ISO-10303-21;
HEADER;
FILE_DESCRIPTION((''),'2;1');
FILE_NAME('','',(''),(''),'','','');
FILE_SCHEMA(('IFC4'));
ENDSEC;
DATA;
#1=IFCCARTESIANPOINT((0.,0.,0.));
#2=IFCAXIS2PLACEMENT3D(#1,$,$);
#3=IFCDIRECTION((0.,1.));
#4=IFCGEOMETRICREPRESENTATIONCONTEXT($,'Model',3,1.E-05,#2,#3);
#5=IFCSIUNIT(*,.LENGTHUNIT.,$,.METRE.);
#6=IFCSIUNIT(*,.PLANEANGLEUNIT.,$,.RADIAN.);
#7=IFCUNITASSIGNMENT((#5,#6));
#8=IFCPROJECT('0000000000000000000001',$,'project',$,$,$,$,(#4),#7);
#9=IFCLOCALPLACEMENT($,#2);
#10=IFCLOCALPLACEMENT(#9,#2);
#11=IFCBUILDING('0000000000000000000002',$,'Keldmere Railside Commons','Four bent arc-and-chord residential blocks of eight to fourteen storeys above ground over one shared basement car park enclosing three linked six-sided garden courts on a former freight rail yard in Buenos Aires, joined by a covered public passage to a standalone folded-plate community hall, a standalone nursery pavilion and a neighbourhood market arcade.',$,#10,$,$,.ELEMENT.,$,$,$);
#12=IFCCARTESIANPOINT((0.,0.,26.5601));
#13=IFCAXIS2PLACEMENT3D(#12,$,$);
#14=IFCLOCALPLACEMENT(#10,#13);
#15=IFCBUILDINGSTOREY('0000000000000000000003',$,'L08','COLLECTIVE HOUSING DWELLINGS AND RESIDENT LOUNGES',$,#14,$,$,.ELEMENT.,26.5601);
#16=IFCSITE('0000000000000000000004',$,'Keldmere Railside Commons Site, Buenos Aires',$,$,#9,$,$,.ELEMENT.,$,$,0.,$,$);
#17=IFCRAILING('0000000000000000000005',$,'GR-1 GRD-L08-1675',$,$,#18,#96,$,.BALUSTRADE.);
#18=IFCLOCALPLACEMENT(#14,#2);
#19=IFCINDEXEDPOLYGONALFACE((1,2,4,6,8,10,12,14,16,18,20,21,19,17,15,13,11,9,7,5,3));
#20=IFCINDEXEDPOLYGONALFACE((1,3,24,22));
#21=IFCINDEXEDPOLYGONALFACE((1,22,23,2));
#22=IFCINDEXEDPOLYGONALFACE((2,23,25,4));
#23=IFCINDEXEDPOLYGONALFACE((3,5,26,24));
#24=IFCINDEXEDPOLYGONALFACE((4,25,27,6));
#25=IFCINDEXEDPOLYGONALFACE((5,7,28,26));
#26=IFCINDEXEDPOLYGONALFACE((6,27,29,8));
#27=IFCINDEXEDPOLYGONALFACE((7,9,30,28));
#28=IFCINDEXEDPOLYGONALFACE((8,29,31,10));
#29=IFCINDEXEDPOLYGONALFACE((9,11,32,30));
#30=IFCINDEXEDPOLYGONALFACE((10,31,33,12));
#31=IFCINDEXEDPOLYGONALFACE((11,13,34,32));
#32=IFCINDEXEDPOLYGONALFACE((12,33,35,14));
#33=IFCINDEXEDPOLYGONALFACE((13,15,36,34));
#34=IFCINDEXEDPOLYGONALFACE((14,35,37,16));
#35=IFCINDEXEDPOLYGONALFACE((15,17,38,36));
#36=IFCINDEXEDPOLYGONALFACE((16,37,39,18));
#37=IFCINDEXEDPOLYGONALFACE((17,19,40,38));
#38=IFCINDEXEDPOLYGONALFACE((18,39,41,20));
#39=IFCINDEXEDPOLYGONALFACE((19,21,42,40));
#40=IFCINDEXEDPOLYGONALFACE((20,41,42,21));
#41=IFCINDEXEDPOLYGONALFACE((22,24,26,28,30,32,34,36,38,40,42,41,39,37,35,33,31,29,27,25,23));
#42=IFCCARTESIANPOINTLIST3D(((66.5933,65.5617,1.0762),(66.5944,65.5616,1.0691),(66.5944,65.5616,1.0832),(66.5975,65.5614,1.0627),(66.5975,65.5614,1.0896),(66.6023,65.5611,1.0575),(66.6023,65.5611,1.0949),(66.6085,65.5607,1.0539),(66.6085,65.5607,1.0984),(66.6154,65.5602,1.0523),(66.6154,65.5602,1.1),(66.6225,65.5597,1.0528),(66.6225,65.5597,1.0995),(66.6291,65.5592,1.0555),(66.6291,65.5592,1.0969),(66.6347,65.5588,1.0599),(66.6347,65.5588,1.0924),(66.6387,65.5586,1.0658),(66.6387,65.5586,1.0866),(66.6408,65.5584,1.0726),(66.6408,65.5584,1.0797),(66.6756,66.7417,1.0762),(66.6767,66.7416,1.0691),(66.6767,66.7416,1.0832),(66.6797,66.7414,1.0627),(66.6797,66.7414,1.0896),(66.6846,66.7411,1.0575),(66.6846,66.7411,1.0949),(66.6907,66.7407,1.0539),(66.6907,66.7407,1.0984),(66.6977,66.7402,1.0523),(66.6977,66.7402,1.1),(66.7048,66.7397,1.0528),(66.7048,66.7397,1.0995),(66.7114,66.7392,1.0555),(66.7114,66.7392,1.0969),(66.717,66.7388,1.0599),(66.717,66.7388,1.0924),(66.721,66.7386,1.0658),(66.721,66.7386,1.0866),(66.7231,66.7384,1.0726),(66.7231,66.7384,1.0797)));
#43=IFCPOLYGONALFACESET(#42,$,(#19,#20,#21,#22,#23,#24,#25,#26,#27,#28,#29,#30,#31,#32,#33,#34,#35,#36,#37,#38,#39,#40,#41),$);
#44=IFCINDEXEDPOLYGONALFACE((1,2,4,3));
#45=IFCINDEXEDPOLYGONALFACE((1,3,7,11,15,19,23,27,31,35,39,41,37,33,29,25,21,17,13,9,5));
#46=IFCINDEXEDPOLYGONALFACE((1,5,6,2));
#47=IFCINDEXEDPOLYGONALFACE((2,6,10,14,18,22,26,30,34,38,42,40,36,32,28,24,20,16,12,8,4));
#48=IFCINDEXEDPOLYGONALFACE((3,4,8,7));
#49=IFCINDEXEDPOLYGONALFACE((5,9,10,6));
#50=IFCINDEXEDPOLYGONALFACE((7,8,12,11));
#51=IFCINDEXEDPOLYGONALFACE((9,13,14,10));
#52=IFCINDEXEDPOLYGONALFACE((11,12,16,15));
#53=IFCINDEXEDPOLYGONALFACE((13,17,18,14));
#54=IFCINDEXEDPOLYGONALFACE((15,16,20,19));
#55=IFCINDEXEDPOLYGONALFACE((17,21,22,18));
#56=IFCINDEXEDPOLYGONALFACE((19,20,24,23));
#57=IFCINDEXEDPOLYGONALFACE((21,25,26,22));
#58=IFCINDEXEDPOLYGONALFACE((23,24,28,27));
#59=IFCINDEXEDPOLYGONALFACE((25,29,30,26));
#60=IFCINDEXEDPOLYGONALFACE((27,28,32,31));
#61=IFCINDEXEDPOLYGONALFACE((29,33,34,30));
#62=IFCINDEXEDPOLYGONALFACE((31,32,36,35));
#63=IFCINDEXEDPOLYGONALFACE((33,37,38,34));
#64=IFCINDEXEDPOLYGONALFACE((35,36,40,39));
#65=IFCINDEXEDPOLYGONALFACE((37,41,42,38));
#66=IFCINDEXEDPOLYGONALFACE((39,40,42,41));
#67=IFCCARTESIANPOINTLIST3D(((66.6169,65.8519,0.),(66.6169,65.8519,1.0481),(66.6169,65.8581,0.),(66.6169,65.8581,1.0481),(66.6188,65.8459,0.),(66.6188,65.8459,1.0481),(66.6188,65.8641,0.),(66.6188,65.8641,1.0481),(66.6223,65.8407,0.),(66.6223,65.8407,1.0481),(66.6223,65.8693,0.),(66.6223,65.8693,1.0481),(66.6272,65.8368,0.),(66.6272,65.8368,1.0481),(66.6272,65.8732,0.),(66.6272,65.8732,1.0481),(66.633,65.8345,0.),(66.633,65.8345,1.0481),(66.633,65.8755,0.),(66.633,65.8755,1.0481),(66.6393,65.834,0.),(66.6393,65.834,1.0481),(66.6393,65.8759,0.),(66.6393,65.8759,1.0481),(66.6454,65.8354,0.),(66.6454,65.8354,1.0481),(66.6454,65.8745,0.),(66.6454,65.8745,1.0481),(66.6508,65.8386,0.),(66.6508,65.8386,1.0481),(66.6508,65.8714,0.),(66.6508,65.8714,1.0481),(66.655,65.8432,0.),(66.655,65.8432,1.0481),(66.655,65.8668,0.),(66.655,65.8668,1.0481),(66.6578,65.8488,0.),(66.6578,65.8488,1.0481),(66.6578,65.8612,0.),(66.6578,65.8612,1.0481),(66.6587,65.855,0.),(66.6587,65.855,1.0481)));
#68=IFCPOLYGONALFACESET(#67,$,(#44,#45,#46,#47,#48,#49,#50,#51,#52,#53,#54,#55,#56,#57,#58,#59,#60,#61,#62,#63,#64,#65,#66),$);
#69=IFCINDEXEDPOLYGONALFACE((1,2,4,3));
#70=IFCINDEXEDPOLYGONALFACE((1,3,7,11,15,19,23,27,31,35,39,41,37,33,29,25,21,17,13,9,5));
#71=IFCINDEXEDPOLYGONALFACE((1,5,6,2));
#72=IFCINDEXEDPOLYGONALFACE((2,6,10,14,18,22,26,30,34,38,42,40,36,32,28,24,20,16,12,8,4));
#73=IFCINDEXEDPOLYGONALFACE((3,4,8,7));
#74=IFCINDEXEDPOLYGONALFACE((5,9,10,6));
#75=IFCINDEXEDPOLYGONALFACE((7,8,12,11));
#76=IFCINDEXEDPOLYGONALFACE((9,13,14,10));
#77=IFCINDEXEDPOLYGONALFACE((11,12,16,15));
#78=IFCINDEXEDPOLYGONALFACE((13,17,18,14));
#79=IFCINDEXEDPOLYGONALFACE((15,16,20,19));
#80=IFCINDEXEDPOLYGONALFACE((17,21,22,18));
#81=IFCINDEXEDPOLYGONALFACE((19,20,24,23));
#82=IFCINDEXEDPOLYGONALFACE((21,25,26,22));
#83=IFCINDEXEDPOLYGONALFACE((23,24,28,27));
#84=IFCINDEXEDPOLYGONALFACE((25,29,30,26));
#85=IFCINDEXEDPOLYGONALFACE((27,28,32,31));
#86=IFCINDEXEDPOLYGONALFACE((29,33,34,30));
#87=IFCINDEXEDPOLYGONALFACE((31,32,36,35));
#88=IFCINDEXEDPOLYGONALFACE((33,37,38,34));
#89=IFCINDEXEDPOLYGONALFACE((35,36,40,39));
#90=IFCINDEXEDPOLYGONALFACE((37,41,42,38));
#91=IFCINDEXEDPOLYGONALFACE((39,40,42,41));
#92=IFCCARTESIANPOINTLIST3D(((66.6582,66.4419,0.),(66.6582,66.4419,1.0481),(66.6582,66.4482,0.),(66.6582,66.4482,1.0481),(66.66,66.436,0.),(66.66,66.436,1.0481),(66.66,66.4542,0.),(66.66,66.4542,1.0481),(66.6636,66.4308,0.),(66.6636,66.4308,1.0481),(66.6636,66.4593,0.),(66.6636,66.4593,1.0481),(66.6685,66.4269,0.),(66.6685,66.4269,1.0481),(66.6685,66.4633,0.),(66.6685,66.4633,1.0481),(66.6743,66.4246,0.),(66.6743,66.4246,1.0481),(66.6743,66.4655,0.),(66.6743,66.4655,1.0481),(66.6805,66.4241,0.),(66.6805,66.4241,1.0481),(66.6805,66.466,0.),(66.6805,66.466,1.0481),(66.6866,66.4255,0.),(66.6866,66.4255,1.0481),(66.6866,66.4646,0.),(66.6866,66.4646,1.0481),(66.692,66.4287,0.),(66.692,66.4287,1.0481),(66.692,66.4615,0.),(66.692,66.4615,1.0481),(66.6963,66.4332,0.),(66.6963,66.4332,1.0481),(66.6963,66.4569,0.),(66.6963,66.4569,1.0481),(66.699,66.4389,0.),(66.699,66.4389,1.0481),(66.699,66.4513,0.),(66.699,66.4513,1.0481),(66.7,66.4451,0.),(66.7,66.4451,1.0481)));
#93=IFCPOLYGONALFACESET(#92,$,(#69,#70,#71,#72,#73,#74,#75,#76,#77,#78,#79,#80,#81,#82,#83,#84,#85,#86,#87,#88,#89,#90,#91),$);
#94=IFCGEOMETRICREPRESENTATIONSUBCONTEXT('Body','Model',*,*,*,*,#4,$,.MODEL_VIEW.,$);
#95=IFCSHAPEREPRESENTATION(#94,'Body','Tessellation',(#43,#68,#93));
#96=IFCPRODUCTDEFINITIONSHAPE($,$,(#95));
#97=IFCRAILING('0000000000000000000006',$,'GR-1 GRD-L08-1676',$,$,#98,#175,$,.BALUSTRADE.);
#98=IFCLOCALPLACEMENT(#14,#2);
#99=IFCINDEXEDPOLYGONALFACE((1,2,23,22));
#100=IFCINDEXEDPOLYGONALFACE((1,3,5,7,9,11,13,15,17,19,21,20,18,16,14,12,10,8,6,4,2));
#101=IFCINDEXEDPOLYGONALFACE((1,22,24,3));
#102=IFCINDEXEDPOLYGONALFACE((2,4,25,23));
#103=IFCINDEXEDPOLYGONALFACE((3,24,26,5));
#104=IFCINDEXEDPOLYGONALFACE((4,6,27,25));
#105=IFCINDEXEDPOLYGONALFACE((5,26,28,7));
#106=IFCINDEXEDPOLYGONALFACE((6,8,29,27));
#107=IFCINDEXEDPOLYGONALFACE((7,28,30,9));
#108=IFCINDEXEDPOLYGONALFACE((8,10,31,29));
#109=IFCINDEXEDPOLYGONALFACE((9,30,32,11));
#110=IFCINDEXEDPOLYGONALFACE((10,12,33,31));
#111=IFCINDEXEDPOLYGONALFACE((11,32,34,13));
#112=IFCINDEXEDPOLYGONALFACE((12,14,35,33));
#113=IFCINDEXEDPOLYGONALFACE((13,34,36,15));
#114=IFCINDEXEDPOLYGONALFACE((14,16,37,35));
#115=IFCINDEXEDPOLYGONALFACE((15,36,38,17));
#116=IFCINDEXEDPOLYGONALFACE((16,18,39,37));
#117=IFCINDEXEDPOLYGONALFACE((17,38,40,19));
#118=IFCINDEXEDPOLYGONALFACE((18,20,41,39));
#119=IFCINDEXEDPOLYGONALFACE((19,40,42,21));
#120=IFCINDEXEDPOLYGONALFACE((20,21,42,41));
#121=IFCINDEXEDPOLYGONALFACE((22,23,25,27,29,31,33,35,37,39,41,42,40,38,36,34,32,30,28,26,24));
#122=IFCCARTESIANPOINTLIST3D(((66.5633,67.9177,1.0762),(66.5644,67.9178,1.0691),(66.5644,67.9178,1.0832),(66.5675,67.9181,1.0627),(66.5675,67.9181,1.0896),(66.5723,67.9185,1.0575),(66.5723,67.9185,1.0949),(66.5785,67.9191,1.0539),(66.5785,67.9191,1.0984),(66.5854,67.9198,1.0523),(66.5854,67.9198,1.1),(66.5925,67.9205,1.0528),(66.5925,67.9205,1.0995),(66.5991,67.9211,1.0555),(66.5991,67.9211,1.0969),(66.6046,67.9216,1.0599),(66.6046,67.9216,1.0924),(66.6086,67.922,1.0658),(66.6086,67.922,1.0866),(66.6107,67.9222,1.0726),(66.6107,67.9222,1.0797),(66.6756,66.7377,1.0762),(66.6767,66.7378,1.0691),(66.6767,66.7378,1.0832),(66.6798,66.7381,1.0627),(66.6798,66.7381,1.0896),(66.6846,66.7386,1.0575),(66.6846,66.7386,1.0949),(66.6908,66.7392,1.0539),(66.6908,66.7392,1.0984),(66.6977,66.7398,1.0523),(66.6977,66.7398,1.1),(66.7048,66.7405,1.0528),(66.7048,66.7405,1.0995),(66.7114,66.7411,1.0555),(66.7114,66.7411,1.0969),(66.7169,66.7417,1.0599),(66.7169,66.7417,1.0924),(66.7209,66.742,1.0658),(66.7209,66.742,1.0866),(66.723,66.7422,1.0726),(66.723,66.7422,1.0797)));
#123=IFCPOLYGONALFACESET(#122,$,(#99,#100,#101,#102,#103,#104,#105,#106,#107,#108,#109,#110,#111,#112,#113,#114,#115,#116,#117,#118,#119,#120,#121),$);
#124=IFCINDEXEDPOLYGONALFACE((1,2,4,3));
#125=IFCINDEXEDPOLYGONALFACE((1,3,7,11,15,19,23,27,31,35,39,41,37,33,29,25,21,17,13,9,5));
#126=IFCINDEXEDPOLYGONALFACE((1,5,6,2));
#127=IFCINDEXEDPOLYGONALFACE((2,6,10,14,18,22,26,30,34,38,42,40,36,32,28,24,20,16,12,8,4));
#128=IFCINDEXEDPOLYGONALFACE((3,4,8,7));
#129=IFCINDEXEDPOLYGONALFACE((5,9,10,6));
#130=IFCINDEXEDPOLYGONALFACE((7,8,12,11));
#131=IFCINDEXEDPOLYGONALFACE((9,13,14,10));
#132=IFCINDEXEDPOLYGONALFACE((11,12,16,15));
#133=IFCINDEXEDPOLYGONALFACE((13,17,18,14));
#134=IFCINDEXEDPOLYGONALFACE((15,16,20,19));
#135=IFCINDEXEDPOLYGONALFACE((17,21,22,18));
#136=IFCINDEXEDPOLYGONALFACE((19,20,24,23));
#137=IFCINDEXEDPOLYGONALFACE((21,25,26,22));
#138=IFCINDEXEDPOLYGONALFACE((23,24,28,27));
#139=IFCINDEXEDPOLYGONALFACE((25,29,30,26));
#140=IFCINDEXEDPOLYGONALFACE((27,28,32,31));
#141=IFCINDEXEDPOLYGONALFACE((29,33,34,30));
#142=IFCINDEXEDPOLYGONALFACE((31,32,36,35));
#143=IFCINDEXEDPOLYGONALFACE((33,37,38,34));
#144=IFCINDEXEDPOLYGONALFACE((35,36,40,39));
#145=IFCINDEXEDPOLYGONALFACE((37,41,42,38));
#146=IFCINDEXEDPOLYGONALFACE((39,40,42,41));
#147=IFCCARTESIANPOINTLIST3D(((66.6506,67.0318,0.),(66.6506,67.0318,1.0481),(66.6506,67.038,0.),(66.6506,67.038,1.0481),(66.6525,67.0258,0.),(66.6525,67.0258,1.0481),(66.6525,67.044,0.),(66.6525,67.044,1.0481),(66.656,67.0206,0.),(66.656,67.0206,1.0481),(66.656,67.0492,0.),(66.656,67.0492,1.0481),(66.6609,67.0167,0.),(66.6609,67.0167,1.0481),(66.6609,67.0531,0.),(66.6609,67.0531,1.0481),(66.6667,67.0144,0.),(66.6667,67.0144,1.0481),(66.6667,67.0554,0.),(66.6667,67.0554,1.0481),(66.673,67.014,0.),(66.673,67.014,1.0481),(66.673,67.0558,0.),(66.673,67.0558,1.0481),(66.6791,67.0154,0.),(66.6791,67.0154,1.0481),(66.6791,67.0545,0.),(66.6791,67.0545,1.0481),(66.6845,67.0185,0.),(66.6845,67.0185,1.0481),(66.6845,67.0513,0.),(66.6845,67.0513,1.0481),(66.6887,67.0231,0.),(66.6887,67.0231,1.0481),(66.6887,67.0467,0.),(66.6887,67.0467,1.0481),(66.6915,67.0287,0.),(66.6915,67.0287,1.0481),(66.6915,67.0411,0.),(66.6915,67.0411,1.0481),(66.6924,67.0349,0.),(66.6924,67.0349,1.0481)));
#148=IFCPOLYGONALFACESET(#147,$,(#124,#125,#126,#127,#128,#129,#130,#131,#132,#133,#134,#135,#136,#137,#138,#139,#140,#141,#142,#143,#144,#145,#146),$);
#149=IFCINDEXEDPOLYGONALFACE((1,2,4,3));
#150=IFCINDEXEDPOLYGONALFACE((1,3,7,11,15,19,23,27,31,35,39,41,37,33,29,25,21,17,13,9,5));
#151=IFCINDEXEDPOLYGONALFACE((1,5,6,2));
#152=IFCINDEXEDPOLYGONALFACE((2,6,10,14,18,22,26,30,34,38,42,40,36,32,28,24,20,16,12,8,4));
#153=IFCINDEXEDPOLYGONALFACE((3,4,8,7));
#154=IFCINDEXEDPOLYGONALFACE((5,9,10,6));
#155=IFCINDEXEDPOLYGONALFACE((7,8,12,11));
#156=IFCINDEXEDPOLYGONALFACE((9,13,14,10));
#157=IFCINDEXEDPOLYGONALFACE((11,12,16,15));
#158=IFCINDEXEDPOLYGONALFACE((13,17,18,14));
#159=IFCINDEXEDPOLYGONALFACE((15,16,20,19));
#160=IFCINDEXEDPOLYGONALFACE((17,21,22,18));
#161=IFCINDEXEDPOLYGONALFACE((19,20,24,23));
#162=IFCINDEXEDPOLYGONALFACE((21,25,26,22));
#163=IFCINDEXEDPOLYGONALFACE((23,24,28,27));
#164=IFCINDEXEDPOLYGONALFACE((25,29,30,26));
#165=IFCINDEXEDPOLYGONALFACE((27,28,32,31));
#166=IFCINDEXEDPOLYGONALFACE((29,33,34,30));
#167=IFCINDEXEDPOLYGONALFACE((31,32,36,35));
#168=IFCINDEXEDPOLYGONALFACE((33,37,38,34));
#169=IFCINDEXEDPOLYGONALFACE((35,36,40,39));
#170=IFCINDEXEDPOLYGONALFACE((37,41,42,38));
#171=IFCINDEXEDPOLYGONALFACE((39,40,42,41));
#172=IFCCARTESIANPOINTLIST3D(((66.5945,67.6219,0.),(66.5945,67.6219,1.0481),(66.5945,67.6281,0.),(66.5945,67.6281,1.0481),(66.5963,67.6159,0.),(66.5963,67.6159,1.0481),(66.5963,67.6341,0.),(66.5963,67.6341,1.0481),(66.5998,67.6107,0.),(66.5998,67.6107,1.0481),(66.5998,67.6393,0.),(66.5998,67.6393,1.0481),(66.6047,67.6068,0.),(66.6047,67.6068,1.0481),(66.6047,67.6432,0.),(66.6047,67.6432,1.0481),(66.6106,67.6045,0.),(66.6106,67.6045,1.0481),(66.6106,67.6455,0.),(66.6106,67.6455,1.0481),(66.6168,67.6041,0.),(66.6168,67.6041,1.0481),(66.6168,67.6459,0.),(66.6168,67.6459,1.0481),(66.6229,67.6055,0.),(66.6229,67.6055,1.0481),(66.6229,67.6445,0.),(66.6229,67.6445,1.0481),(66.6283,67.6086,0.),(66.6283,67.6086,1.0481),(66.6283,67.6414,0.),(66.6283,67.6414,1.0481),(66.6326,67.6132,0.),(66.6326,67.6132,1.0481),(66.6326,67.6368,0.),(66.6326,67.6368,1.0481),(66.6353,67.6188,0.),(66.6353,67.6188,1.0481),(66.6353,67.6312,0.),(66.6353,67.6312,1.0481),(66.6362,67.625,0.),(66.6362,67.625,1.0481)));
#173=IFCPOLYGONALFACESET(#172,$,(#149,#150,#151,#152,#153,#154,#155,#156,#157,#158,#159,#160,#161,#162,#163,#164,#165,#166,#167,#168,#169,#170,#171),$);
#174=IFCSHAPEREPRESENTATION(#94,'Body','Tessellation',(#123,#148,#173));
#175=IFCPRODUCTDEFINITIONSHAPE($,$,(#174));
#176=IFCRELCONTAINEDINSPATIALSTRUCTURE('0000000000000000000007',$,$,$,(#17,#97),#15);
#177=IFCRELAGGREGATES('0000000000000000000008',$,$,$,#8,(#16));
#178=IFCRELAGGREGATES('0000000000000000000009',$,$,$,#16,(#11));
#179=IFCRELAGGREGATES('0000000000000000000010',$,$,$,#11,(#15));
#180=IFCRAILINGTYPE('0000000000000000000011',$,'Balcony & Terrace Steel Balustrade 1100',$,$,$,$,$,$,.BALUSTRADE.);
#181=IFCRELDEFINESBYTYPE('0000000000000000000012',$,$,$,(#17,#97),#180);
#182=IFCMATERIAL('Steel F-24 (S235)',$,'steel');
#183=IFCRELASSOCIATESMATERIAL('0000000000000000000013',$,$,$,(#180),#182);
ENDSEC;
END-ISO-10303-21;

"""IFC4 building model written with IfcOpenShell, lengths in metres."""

from ifc_helpers import new_model, si_unit, direction, frame, origin, origin_2d, place, context, subcontext, project, spatial, circle, extrude, material, type_object, element, save


model = new_model("IFC4")

# Units and contexts
model_context = context("Model", 3, precision=1e-05, world=origin(), true_north=direction((0.0, 1.0)))
body_context = subcontext(model_context, "Body", "Model", "MODEL_VIEW")
ifc_project = project(units=[si_unit("LENGTHUNIT", "METRE"), si_unit("PLANEANGLEUNIT", "RADIAN")], contexts=[model_context])

# Site, building, storey
site_placement = place(None, origin())
site = spatial("IfcSite", under=ifc_project, at=site_placement, Name="Keldmere Railside Commons Site, Buenos Aires", CompositionType="ELEMENT", RefElevation=0.0)
building_placement = place(site_placement, origin())
building = spatial("IfcBuilding", under=site, at=building_placement, Name="Keldmere Railside Commons", Description="Four bent arc-and-chord residential blocks of eight to fourteen storeys above ground over one shared basement car park enclosing three linked six-sided garden courts on a former freight rail yard in Buenos Aires, joined by a covered public passage to a standalone folded-plate community hall, a standalone nursery pavilion and a neighbourhood market arcade.", CompositionType="ELEMENT")
storey_placement = place(building_placement, frame((0.0, 0.0, 26.5601)))
storey = spatial("IfcBuildingStorey", under=building, at=storey_placement, Name="L08", Description="COLLECTIVE HOUSING DWELLINGS AND RESIDENT LOUNGES", CompositionType="ELEMENT", Elevation=26.5601)

# Railings
ifc_material_1 = material(Name="Steel F-24 (S235)", Category="steel")
railing_type = type_object("IfcRailingType", Name="Balcony & Terrace Steel Balustrade 1100", PredefinedType="BALUSTRADE", material=ifc_material_1)
railing_1_placement = place(storey_placement, frame((66.6172, 65.5601, 0.0)))
element("IfcRailing", 1, at=railing_1_placement, inside=storey, type_object=railing_type, Name="GR-1 GRD-L08-1675", PredefinedType="BALUSTRADE", context=body_context, shape_type="SweptSolid", body=[
    extrude(circle(Radius=0.0239, at=origin_2d()), frame((0.0, 0.0, 1.0762), z_axis=(0.06956, 0.997578, 0.0), x_axis=(-0.997578, 0.06956, 0.0)), (0.0, 0.0, 1.0), 1.1829),
    extrude(circle(Radius=0.021, at=origin_2d()), frame((0.0205, 0.2949, 0.0)), (0.0, 0.0, 1.0), 1.0481),
    extrude(circle(Radius=0.021, at=origin_2d()), frame((0.0618, 0.885, 0.0)), (0.0, 0.0, 1.0), 1.0481),
])
railing_2_placement = place(storey_placement, frame((66.6995, 66.74, 0.0)))
element("IfcRailing", 2, at=railing_2_placement, inside=storey, type_object=railing_type, Name="GR-1 GRD-L08-1676", PredefinedType="BALUSTRADE", context=body_context, shape_type="SweptSolid", body=[
    extrude(circle(Radius=0.0239, at=origin_2d()), frame((0.0, 0.0, 1.0762), z_axis=(-0.094751, 0.995501, 0.0), x_axis=(-0.995501, -0.094751, 0.0)), (0.0, 0.0, 1.0), 1.1853),
    extrude(circle(Radius=0.021, at=origin_2d()), frame((-0.0281, 0.2949, 0.0)), (0.0, 0.0, 1.0), 1.0481),
    extrude(circle(Radius=0.021, at=origin_2d()), frame((-0.0842, 0.885, 0.0)), (0.0, 0.0, 1.0), 1.0481),
])

save(model, "model.ifc")
